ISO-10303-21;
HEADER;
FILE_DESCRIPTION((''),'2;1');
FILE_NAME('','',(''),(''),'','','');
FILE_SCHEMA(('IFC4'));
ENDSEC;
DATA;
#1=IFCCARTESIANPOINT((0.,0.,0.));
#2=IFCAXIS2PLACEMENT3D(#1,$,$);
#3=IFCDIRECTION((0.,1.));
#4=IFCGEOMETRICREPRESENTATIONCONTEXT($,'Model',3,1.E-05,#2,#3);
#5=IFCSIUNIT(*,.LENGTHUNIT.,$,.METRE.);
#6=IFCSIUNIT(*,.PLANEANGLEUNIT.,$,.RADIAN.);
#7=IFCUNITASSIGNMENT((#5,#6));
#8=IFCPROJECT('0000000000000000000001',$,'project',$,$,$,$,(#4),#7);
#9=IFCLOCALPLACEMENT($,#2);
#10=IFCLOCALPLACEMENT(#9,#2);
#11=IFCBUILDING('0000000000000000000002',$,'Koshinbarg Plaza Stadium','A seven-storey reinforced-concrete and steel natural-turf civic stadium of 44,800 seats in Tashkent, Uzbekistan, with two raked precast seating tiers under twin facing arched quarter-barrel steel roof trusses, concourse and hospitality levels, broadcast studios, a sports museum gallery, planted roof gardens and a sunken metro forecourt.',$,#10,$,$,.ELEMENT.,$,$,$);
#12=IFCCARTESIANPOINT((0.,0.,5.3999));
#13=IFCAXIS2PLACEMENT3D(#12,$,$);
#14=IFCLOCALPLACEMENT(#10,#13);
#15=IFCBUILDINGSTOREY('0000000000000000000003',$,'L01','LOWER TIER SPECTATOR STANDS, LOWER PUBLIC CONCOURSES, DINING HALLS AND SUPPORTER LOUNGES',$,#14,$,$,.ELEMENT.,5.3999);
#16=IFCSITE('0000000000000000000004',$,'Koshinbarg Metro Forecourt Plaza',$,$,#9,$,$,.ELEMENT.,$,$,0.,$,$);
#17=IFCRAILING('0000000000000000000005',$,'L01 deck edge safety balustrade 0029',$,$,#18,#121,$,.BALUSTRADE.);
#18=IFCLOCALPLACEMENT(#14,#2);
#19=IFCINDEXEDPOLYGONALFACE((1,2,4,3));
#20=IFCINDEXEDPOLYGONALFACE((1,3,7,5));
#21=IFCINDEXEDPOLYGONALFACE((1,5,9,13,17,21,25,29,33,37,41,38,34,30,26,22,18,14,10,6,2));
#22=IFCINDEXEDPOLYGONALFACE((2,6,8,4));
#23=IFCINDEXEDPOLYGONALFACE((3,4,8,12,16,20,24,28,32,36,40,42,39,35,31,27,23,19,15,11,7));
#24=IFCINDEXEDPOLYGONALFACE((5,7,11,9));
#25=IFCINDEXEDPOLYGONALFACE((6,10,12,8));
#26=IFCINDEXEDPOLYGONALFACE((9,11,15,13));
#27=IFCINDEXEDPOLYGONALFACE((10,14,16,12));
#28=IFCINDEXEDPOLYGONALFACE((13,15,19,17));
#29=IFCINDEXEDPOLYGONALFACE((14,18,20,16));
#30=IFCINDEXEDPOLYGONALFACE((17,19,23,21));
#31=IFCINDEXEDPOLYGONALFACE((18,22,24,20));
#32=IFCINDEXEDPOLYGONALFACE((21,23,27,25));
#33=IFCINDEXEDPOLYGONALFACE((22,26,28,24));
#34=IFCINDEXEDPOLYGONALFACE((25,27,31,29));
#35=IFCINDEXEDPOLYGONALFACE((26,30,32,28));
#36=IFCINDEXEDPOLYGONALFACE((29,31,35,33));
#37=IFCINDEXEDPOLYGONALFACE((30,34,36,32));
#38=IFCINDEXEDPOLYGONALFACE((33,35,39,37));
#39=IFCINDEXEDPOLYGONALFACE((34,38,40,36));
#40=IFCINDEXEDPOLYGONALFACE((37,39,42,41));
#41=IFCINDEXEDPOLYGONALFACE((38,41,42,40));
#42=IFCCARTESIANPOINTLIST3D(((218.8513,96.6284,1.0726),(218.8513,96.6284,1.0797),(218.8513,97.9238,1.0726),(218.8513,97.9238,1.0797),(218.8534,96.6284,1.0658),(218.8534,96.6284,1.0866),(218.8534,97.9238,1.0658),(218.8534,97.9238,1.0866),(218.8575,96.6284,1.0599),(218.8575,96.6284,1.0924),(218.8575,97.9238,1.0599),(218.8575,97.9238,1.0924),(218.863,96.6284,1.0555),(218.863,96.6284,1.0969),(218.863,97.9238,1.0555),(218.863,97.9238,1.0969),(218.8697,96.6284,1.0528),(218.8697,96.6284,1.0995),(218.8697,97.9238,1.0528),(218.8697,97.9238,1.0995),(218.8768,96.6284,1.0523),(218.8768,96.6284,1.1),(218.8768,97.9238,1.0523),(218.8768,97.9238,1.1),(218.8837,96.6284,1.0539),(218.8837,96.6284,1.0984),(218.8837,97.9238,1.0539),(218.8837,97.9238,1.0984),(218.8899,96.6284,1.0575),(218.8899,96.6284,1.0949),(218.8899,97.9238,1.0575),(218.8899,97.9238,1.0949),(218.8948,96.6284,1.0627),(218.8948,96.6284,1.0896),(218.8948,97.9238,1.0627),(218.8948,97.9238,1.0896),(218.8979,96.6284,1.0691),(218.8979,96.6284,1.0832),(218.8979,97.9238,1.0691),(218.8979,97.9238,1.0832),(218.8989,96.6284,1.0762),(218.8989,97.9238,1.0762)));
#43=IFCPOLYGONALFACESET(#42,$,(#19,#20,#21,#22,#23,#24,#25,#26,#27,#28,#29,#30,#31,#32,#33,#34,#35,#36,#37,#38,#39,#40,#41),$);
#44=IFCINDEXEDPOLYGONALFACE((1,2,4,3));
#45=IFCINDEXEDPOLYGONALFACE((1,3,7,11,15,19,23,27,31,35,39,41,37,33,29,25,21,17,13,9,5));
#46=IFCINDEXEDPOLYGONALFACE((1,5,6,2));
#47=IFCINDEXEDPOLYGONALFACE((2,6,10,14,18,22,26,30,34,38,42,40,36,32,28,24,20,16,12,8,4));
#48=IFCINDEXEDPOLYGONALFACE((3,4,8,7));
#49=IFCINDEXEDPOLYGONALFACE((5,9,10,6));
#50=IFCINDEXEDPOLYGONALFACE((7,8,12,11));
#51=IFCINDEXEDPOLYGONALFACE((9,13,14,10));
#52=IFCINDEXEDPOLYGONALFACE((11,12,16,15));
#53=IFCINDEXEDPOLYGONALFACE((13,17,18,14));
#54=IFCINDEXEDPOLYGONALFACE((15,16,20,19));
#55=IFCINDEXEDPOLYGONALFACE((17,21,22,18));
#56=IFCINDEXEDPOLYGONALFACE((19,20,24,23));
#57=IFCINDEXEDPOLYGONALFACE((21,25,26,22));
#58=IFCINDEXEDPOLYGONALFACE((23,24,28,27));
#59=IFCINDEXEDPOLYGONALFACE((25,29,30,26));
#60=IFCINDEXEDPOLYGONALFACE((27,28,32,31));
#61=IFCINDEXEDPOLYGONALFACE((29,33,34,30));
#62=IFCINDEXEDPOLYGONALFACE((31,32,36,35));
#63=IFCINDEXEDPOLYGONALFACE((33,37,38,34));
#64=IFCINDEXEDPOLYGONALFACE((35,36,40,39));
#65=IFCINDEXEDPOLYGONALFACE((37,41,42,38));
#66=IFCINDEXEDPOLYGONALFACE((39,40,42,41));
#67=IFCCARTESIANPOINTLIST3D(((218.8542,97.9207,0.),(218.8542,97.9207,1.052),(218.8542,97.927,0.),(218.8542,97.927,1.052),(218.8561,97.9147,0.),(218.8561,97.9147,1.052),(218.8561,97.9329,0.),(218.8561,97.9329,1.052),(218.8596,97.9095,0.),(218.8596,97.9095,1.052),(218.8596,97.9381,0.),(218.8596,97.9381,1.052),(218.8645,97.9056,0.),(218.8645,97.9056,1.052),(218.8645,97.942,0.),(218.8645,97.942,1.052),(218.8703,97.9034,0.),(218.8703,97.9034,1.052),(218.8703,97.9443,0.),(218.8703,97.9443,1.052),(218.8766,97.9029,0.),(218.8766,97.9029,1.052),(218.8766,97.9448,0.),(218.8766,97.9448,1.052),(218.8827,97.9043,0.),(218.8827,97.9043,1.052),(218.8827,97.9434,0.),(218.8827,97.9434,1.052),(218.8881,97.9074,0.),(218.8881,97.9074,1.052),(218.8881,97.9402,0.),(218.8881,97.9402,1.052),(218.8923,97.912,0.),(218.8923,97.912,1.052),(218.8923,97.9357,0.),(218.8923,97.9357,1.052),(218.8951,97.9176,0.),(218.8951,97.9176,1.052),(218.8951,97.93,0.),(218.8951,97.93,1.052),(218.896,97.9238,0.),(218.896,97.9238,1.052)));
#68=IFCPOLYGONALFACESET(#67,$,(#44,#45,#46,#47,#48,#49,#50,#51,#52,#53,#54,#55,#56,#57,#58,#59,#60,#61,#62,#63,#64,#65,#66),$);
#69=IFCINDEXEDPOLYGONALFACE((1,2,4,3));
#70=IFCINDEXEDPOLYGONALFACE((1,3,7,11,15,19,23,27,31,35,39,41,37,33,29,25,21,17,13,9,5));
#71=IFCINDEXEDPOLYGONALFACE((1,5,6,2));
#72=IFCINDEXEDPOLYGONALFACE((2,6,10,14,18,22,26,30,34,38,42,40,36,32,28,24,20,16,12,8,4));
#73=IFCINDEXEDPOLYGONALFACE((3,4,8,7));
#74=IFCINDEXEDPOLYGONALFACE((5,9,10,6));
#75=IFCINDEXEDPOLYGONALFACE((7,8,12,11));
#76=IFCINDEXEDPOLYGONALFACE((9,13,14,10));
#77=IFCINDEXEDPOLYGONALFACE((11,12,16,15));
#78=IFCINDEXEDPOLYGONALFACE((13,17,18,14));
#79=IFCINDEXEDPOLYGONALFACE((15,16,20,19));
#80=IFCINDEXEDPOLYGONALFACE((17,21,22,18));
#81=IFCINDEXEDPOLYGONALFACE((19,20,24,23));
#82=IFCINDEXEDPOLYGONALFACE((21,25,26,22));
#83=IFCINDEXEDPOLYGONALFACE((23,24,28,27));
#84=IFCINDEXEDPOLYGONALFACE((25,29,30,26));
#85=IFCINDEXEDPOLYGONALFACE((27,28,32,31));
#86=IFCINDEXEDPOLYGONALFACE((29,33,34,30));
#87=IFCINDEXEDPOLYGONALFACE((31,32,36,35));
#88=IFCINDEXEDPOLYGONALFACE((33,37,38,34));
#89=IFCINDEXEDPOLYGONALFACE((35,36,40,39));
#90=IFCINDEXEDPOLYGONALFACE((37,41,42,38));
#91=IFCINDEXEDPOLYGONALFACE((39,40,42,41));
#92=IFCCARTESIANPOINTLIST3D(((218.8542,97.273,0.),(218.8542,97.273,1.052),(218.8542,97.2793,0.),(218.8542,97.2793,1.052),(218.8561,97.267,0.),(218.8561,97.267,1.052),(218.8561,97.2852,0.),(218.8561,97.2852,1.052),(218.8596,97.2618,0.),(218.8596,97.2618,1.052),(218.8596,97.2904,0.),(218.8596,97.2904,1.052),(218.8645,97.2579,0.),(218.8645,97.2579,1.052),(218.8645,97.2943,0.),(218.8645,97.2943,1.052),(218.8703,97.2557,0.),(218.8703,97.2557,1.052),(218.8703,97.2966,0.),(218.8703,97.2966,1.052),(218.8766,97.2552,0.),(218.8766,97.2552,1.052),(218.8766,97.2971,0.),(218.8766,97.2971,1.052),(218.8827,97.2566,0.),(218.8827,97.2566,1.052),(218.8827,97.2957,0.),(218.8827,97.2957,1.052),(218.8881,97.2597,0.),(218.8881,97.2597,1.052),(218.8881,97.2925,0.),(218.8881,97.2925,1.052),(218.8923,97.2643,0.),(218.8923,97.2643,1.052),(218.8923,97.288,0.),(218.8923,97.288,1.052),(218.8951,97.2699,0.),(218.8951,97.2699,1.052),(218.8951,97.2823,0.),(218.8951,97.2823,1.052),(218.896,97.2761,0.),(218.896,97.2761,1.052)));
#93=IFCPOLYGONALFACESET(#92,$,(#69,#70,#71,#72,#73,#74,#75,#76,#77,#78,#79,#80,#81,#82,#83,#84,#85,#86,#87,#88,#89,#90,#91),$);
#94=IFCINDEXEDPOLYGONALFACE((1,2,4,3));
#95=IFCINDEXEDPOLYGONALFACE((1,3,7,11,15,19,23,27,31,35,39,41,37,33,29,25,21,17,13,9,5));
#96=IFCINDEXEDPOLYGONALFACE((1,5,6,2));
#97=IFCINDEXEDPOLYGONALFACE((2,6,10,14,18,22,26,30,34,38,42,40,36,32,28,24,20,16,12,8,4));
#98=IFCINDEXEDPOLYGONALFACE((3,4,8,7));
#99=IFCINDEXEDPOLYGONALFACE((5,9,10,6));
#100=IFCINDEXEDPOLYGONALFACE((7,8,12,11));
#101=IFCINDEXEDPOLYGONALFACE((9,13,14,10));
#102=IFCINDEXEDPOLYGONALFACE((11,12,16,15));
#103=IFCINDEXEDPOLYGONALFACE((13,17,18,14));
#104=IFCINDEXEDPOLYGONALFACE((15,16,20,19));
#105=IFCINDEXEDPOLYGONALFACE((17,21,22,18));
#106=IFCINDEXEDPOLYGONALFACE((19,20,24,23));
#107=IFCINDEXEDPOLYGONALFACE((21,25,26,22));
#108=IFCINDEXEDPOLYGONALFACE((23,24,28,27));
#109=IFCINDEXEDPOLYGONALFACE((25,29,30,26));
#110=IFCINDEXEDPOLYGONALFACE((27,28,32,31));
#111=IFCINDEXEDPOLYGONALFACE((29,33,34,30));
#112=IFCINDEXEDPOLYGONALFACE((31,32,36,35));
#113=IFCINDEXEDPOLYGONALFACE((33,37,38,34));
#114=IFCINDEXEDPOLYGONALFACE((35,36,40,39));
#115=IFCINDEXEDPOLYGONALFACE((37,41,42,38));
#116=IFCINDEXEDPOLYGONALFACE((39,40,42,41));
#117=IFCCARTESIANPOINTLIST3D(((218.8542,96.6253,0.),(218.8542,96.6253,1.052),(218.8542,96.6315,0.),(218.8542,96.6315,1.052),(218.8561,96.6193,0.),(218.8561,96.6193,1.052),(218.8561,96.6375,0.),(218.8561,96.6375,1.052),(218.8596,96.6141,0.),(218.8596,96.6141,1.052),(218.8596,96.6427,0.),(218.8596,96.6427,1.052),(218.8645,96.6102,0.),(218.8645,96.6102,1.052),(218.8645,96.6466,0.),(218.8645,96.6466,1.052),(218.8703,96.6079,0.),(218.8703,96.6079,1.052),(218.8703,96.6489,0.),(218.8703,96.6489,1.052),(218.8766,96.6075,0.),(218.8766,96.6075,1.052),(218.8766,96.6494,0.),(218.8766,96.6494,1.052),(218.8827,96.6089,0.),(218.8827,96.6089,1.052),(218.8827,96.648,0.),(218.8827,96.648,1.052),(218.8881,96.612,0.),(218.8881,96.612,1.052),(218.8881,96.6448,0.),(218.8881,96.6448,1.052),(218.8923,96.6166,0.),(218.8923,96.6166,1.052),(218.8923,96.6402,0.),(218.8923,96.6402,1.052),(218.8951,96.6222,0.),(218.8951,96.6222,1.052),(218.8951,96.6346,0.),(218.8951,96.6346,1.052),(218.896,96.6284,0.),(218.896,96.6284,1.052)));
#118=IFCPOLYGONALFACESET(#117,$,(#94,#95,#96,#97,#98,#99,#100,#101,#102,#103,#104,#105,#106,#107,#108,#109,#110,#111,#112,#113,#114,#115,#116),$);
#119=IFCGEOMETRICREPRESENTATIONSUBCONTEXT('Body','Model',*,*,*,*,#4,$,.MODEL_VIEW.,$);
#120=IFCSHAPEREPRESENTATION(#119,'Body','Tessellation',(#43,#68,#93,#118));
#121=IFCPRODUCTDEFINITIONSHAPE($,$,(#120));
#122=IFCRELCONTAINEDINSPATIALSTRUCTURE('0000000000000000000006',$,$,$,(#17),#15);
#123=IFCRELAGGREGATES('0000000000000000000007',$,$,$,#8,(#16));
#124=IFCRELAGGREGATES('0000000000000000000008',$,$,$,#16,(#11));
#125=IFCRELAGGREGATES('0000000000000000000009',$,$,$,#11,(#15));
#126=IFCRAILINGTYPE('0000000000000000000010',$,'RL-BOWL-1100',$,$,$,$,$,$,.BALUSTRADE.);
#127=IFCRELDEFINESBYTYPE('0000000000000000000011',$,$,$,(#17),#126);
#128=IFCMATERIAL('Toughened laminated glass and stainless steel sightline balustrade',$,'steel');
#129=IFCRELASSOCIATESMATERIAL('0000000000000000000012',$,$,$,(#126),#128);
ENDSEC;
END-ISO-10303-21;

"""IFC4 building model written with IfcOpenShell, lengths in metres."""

from ifc_helpers import new_model, si_unit, direction, frame, origin, origin_2d, place, context, subcontext, project, spatial, circle, extrude, material, type_object, element, save


model = new_model("IFC4")

# Units and contexts
model_context = context("Model", 3, precision=1e-05, world=origin(), true_north=direction((0.0, 1.0)))
body_context = subcontext(model_context, "Body", "Model", "MODEL_VIEW")
ifc_project = project(units=[si_unit("LENGTHUNIT", "METRE"), si_unit("PLANEANGLEUNIT", "RADIAN")], contexts=[model_context])

# Site, building, storey
site_placement = place(None, origin())
site = spatial("IfcSite", under=ifc_project, at=site_placement, Name="Koshinbarg Metro Forecourt Plaza", CompositionType="ELEMENT", RefElevation=0.0)
building_placement = place(site_placement, origin())
building = spatial("IfcBuilding", under=site, at=building_placement, Name="Koshinbarg Plaza Stadium", Description="A seven-storey reinforced-concrete and steel natural-turf civic stadium of 44,800 seats in Tashkent, Uzbekistan, with two raked precast seating tiers under twin facing arched quarter-barrel steel roof trusses, concourse and hospitality levels, broadcast studios, a sports museum gallery, planted roof gardens and a sunken metro forecourt.", CompositionType="ELEMENT")
storey_placement = place(building_placement, frame((0.0, 0.0, 5.3999)))
storey = spatial("IfcBuildingStorey", under=building, at=storey_placement, Name="L01", Description="LOWER TIER SPECTATOR STANDS, LOWER PUBLIC CONCOURSES, DINING HALLS AND SUPPORTER LOUNGES", CompositionType="ELEMENT", Elevation=5.3999)

# Railing
ifc_material_1 = material(Name="Toughened laminated glass and stainless steel sightline balustrade", Category="steel")
railing_type = type_object("IfcRailingType", Name="RL-BOWL-1100", PredefinedType="BALUSTRADE", material=ifc_material_1)
railing_1_placement = place(storey_placement, frame((218.875, 97.9238, 0.0)))
element("IfcRailing", 1, at=railing_1_placement, inside=storey, type_object=railing_type, Name="L01 deck edge safety balustrade 0029", PredefinedType="BALUSTRADE", context=body_context, shape_type="SweptSolid", body=[
    extrude(circle(Radius=0.0239, at=origin_2d()), frame((0.0, 0.0, 1.0762), z_axis=(0.0, -1.0, 0.0), x_axis=(1.0, 0.0, 0.0)), (0.0, 0.0, 1.0), 1.2954),
    extrude(circle(Radius=0.021, at=origin_2d()), origin(), (0.0, 0.0, 1.0), 1.052),
    extrude(circle(Radius=0.021, at=origin_2d()), frame((0.0, -0.6477, 0.0)), (0.0, 0.0, 1.0), 1.052),
    extrude(circle(Radius=0.021, at=origin_2d()), frame((0.0, -1.2954, 0.0)), (0.0, 0.0, 1.0), 1.052),
])

save(model, "model.ifc")
